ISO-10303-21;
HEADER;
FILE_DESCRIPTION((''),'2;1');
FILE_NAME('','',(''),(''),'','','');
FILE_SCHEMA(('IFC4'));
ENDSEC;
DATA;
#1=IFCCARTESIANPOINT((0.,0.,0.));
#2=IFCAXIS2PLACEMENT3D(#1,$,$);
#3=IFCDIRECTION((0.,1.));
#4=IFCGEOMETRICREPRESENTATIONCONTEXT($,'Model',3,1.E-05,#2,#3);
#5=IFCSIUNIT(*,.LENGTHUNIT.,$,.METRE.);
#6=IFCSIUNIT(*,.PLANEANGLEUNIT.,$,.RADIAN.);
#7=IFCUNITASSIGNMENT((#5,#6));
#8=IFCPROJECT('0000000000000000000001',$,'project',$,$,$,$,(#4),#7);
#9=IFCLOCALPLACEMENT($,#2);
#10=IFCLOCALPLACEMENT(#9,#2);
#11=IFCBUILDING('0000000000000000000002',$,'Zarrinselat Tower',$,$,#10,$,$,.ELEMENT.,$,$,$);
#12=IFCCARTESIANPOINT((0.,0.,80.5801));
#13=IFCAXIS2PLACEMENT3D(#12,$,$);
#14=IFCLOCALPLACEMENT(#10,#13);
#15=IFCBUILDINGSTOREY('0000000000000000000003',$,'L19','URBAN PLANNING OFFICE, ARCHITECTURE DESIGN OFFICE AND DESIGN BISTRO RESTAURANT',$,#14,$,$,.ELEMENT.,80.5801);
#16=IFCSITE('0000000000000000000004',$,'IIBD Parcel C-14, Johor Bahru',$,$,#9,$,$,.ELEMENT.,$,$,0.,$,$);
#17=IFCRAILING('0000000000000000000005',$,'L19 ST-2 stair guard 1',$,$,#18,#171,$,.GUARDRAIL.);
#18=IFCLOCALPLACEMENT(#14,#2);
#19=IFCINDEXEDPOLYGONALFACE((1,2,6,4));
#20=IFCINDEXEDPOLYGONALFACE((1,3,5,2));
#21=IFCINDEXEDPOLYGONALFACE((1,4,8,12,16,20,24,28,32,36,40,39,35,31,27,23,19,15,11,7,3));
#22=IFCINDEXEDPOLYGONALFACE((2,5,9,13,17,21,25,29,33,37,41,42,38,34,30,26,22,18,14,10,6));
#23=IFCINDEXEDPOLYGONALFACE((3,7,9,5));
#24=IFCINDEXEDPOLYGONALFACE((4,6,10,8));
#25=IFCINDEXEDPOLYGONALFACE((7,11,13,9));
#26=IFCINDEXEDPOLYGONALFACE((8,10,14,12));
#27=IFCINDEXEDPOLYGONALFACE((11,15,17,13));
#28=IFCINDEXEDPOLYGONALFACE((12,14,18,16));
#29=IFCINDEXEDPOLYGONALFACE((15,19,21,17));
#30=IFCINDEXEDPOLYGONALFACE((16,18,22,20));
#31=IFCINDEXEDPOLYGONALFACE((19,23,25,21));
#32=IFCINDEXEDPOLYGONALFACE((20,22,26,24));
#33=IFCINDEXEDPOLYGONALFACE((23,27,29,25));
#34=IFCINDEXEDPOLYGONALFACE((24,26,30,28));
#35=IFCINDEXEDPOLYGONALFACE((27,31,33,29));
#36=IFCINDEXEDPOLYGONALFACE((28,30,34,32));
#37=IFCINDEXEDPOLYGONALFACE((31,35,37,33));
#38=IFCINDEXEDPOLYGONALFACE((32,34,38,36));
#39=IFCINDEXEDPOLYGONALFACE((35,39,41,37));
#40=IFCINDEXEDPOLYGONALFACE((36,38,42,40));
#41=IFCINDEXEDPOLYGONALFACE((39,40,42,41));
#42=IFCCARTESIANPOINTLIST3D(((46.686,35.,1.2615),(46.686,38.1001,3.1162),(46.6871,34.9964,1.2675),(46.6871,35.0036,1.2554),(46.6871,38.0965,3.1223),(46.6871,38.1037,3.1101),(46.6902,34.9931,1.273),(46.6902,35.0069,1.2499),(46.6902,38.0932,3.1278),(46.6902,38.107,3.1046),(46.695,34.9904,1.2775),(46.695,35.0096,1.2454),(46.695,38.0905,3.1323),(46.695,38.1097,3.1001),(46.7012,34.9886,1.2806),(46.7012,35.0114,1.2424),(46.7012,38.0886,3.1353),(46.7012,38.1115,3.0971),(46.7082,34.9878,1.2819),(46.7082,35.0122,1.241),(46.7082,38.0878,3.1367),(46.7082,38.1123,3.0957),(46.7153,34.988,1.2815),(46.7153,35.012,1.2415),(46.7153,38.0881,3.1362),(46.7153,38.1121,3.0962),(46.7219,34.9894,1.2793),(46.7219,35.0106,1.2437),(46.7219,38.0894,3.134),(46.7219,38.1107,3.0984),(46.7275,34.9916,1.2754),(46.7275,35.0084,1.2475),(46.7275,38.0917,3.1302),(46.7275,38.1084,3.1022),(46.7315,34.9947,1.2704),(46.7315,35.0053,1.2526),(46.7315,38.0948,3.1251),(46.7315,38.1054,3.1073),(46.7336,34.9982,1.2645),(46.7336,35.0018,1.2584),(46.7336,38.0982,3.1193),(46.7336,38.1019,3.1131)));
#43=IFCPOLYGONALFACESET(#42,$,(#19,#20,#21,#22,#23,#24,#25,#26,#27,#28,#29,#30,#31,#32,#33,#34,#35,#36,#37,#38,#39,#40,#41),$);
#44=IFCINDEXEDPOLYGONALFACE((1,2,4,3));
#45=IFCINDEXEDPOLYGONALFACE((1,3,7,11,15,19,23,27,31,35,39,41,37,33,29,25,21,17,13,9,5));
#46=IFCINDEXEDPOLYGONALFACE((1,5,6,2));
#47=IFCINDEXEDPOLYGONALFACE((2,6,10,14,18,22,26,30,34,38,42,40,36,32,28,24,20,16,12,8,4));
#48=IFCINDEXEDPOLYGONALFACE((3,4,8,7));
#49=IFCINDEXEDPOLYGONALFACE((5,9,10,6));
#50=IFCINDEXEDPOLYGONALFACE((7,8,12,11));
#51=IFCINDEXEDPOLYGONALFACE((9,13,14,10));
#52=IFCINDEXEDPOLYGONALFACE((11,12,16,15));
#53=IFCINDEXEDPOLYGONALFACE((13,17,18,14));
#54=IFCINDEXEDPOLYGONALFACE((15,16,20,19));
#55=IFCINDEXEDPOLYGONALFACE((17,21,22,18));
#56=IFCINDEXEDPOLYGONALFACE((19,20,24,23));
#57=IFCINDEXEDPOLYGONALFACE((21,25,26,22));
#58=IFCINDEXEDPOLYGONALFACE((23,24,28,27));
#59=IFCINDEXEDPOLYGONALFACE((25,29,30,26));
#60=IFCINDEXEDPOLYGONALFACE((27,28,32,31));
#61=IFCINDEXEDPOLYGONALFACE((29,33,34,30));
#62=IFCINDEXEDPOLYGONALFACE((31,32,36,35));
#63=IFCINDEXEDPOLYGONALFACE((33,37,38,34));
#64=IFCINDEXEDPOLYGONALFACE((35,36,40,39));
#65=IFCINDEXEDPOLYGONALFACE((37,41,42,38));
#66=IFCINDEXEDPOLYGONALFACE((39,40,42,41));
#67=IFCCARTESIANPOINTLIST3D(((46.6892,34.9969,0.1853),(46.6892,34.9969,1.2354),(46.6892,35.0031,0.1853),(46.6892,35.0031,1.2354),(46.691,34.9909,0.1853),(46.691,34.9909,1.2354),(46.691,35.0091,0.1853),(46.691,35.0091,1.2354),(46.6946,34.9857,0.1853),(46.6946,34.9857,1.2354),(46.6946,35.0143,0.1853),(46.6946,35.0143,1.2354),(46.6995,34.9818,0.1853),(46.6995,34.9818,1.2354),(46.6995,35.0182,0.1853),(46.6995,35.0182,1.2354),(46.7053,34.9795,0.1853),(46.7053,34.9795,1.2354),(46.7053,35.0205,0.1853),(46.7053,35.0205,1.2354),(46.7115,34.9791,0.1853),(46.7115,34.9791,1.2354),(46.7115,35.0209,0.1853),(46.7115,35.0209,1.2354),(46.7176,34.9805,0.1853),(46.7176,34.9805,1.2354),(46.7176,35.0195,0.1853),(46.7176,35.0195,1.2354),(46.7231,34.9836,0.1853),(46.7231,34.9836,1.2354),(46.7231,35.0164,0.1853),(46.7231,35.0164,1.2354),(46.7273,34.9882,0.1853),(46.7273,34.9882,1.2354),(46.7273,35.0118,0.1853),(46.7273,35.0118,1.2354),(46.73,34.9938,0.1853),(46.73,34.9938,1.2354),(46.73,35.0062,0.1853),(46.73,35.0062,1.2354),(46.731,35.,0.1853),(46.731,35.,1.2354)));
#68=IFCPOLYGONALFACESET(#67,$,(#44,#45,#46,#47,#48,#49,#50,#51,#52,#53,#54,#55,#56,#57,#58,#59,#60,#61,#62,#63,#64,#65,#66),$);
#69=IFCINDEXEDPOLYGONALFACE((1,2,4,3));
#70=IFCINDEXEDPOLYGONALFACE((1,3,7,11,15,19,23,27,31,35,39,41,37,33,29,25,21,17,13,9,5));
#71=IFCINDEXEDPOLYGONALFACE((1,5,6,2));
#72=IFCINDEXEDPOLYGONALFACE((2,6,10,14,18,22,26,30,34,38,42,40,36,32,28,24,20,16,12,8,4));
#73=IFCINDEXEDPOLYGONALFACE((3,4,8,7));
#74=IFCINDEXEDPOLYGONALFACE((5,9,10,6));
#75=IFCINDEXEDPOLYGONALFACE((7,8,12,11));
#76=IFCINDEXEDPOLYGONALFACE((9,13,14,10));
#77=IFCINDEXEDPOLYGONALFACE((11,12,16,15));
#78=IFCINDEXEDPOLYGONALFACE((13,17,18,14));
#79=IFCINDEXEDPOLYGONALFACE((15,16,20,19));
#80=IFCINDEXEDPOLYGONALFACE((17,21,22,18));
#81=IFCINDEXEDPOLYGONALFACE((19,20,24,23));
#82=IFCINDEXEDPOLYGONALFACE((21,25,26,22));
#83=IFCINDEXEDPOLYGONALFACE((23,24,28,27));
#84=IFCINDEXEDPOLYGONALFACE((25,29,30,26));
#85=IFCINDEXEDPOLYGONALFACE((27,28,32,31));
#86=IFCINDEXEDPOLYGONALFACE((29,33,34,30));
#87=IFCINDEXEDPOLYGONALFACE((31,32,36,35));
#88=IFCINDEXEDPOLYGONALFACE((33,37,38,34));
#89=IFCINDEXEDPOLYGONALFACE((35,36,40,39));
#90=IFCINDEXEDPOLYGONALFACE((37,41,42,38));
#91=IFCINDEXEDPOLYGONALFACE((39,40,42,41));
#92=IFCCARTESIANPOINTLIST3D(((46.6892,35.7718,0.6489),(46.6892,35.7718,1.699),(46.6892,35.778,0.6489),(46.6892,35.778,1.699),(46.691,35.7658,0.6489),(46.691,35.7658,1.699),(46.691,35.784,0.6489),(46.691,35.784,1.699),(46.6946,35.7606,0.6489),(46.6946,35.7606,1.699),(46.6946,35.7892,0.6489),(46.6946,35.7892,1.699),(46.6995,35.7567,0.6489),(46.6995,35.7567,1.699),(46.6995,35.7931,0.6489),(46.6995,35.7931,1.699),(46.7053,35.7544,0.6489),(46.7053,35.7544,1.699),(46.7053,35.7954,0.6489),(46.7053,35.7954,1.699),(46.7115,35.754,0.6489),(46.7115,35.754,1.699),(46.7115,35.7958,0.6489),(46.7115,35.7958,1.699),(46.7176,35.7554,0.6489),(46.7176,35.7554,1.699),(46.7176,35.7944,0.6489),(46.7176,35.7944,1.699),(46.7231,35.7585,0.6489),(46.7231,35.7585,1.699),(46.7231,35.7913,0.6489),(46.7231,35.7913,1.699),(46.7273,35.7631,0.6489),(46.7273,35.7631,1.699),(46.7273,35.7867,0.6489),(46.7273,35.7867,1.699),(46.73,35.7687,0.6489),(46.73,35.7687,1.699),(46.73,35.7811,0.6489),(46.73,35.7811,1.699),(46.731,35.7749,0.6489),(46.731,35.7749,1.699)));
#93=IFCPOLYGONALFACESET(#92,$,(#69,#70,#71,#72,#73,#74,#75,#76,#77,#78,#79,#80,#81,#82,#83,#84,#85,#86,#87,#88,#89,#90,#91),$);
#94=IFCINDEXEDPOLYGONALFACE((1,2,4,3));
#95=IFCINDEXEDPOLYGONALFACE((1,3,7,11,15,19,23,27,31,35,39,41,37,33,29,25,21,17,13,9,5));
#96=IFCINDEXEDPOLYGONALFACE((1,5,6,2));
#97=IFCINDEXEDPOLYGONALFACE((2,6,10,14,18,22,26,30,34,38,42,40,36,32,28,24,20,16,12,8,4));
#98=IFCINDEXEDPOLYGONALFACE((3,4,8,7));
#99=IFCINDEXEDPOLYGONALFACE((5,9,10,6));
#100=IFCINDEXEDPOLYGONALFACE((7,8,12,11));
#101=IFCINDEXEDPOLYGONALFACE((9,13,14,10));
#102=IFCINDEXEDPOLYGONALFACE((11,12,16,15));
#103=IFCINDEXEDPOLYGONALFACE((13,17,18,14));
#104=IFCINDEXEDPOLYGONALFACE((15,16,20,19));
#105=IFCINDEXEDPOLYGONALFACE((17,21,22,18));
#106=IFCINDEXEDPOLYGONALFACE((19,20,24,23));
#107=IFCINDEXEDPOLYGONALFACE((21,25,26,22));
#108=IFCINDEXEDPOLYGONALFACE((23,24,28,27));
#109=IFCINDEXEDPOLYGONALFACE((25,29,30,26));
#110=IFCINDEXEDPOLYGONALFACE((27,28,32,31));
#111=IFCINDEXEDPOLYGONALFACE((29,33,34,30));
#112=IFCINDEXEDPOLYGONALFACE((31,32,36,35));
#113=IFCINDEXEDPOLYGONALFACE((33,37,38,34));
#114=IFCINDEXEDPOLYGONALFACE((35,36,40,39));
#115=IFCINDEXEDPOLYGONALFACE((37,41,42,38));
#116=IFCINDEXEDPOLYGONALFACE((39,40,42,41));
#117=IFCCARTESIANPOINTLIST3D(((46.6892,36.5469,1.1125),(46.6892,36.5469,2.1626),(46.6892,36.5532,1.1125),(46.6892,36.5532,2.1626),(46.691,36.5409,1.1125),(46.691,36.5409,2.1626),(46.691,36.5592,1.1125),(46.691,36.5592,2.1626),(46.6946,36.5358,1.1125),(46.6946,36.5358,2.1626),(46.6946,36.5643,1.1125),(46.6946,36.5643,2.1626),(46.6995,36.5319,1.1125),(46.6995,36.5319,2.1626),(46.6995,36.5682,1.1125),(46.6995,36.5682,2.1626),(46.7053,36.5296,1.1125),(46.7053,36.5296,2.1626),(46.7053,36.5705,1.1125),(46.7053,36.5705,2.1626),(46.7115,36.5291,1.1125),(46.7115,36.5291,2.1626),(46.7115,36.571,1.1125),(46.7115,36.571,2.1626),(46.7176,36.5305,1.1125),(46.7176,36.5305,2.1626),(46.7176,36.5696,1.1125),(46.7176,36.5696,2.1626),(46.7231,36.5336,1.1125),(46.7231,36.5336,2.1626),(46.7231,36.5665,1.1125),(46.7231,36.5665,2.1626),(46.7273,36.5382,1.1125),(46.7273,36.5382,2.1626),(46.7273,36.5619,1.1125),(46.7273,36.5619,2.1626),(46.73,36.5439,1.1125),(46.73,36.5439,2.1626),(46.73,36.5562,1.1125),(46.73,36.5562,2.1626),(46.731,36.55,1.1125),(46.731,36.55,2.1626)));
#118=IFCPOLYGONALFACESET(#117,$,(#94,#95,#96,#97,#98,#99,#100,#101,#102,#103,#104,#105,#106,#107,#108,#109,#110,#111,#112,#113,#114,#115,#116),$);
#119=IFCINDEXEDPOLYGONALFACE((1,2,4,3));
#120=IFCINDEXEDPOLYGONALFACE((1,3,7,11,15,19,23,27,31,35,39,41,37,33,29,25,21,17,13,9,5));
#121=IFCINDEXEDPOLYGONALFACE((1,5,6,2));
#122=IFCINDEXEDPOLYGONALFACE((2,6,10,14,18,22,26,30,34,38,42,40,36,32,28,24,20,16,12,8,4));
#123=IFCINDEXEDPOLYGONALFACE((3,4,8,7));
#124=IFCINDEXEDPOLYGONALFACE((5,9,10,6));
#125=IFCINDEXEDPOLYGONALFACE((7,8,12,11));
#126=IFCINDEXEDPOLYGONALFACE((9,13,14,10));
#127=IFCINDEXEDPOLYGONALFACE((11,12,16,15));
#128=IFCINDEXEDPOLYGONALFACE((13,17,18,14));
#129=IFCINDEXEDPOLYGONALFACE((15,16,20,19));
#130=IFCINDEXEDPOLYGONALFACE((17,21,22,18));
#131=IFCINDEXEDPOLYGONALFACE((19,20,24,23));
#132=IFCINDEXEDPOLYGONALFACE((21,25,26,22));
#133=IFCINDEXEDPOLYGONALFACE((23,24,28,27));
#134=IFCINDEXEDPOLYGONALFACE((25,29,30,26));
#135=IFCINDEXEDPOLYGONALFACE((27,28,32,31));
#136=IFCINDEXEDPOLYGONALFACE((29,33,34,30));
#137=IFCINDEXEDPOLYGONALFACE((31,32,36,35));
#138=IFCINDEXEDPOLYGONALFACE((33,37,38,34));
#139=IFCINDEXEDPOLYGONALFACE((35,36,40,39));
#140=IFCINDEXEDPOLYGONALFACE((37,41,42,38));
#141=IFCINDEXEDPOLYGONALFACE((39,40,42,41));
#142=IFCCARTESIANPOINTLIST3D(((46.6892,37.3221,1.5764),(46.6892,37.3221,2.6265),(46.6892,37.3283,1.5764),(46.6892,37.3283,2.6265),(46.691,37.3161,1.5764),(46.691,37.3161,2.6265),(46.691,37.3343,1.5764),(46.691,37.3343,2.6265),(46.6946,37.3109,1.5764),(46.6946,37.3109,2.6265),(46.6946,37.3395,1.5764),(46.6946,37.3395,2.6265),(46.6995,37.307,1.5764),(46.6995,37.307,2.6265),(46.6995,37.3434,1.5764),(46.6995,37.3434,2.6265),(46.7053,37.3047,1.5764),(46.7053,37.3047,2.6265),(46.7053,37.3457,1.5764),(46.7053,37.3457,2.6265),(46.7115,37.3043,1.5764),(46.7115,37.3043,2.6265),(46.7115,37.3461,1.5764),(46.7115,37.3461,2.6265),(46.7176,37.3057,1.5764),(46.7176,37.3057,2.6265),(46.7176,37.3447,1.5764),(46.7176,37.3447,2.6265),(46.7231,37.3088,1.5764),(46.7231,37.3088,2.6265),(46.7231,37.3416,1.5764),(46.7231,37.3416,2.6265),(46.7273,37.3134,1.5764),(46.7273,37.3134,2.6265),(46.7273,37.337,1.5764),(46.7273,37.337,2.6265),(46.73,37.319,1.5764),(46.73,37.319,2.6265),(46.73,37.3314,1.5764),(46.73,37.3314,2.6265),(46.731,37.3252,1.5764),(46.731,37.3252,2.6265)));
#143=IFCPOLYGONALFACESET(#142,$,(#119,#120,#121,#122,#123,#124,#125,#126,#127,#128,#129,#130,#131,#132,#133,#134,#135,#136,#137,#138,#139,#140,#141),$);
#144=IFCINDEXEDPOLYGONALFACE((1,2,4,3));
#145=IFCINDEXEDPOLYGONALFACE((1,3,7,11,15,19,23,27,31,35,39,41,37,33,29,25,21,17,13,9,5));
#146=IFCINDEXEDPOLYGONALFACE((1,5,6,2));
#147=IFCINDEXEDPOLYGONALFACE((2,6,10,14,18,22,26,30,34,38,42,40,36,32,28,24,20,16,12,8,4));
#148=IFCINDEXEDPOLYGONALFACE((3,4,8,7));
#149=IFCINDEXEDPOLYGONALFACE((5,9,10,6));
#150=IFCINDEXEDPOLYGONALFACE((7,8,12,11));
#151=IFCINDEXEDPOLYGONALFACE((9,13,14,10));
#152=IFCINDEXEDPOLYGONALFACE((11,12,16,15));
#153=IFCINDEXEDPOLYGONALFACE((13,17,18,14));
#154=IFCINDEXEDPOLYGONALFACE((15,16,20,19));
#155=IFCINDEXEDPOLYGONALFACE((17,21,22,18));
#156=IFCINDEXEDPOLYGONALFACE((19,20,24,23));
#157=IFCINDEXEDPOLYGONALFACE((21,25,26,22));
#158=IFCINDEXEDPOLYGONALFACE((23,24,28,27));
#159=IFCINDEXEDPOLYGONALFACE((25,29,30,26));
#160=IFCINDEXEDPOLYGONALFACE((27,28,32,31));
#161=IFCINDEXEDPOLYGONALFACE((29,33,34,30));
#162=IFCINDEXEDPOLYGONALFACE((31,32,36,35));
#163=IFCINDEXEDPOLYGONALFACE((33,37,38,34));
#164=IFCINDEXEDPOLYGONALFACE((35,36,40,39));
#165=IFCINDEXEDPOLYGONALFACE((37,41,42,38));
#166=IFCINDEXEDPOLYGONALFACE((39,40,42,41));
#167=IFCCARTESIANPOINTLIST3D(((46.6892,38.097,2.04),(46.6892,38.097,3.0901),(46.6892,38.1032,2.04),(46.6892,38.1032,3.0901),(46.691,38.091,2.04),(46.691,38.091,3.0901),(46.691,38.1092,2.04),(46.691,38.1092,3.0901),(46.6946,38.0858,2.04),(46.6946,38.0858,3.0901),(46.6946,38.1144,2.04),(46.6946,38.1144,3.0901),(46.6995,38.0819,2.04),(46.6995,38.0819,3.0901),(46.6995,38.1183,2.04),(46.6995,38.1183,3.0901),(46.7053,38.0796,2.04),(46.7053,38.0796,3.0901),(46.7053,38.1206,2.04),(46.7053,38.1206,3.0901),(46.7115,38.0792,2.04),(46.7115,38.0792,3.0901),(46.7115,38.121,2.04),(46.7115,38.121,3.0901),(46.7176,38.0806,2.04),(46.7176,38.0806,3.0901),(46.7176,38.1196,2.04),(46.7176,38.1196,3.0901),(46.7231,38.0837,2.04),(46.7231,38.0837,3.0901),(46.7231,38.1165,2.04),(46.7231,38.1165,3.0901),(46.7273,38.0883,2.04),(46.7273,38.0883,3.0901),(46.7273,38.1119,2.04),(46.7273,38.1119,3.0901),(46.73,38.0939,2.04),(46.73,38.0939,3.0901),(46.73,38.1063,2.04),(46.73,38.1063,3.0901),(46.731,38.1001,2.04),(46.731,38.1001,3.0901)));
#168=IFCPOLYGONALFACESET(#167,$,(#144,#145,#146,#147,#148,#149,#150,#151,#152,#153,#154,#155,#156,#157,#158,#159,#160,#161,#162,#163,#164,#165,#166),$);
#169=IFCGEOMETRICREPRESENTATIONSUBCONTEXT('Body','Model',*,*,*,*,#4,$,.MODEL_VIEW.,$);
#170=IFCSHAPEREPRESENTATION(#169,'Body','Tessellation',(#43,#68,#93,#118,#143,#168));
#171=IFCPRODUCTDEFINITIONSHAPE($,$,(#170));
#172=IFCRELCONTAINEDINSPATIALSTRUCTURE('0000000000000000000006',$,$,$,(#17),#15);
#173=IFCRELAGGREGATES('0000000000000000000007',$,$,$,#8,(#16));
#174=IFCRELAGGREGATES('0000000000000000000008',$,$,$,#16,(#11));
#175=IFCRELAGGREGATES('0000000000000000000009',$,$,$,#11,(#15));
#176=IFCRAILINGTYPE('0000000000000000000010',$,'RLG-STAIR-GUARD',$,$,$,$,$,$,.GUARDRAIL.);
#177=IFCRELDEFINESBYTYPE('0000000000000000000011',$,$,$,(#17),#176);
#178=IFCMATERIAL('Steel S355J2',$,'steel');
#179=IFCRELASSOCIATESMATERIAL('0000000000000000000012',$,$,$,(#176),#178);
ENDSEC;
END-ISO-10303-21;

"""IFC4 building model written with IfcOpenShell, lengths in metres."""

from ifc_helpers import new_model, si_unit, direction, frame, origin, origin_2d, place, context, subcontext, project, spatial, circle, extrude, material, type_object, element, save


model = new_model("IFC4")

# Units and contexts
model_context = context("Model", 3, precision=1e-05, world=origin(), true_north=direction((0.0, 1.0)))
body_context = subcontext(model_context, "Body", "Model", "MODEL_VIEW")
ifc_project = project(units=[si_unit("LENGTHUNIT", "METRE"), si_unit("PLANEANGLEUNIT", "RADIAN")], contexts=[model_context])

# Site, building, storey
site_placement = place(None, origin())
site = spatial("IfcSite", under=ifc_project, at=site_placement, Name="IIBD Parcel C-14, Johor Bahru", CompositionType="ELEMENT", RefElevation=0.0)
building_placement = place(site_placement, origin())
building = spatial("IfcBuilding", under=site, at=building_placement, Name="Zarrinselat Tower", CompositionType="ELEMENT")
storey_placement = place(building_placement, frame((0.0, 0.0, 80.5801)))
storey = spatial("IfcBuildingStorey", under=building, at=storey_placement, Name="L19", Description="URBAN PLANNING OFFICE, ARCHITECTURE DESIGN OFFICE AND DESIGN BISTRO RESTAURANT", CompositionType="ELEMENT", Elevation=80.5801)

# Railing
ifc_material_1 = material(Name="Steel S355J2", Category="steel")
railing_type_1 = type_object("IfcRailingType", Name="RLG-STAIR-GUARD", PredefinedType="GUARDRAIL", material=ifc_material_1)
railing_1_placement = place(storey_placement, frame((46.71, 35.0, 0.1853)))
element("IfcRailing", 1, at=railing_1_placement, inside=storey, type_object=railing_type_1, Name="L19 ST-2 stair guard 1", PredefinedType="GUARDRAIL", context=body_context, shape_type="SweptSolid", body=[
    extrude(circle(Radius=0.0239, at=origin_2d()), frame((0.0, 0.0, 1.0762), z_axis=(0.0, 0.858142, 0.513412), x_axis=(-1.0, 0.0, 0.0)), (0.0, 0.0, 1.0), 3.6125),
    extrude(circle(Radius=0.021, at=origin_2d()), origin(), (0.0, 0.0, 1.0), 1.05),
    extrude(circle(Radius=0.021, at=origin_2d()), frame((0.0, 0.7749, 0.4636)), (0.0, 0.0, 1.0), 1.05),
    extrude(circle(Radius=0.021, at=origin_2d()), frame((0.0, 1.55, 0.9272)), (0.0, 0.0, 1.0), 1.05),
    extrude(circle(Radius=0.021, at=origin_2d()), frame((0.0, 2.3252, 1.3911)), (0.0, 0.0, 1.0), 1.05),
    extrude(circle(Radius=0.021, at=origin_2d()), frame((0.0, 3.1001, 1.8547)), (0.0, 0.0, 1.0), 1.05),
])

save(model, "model.ifc")
